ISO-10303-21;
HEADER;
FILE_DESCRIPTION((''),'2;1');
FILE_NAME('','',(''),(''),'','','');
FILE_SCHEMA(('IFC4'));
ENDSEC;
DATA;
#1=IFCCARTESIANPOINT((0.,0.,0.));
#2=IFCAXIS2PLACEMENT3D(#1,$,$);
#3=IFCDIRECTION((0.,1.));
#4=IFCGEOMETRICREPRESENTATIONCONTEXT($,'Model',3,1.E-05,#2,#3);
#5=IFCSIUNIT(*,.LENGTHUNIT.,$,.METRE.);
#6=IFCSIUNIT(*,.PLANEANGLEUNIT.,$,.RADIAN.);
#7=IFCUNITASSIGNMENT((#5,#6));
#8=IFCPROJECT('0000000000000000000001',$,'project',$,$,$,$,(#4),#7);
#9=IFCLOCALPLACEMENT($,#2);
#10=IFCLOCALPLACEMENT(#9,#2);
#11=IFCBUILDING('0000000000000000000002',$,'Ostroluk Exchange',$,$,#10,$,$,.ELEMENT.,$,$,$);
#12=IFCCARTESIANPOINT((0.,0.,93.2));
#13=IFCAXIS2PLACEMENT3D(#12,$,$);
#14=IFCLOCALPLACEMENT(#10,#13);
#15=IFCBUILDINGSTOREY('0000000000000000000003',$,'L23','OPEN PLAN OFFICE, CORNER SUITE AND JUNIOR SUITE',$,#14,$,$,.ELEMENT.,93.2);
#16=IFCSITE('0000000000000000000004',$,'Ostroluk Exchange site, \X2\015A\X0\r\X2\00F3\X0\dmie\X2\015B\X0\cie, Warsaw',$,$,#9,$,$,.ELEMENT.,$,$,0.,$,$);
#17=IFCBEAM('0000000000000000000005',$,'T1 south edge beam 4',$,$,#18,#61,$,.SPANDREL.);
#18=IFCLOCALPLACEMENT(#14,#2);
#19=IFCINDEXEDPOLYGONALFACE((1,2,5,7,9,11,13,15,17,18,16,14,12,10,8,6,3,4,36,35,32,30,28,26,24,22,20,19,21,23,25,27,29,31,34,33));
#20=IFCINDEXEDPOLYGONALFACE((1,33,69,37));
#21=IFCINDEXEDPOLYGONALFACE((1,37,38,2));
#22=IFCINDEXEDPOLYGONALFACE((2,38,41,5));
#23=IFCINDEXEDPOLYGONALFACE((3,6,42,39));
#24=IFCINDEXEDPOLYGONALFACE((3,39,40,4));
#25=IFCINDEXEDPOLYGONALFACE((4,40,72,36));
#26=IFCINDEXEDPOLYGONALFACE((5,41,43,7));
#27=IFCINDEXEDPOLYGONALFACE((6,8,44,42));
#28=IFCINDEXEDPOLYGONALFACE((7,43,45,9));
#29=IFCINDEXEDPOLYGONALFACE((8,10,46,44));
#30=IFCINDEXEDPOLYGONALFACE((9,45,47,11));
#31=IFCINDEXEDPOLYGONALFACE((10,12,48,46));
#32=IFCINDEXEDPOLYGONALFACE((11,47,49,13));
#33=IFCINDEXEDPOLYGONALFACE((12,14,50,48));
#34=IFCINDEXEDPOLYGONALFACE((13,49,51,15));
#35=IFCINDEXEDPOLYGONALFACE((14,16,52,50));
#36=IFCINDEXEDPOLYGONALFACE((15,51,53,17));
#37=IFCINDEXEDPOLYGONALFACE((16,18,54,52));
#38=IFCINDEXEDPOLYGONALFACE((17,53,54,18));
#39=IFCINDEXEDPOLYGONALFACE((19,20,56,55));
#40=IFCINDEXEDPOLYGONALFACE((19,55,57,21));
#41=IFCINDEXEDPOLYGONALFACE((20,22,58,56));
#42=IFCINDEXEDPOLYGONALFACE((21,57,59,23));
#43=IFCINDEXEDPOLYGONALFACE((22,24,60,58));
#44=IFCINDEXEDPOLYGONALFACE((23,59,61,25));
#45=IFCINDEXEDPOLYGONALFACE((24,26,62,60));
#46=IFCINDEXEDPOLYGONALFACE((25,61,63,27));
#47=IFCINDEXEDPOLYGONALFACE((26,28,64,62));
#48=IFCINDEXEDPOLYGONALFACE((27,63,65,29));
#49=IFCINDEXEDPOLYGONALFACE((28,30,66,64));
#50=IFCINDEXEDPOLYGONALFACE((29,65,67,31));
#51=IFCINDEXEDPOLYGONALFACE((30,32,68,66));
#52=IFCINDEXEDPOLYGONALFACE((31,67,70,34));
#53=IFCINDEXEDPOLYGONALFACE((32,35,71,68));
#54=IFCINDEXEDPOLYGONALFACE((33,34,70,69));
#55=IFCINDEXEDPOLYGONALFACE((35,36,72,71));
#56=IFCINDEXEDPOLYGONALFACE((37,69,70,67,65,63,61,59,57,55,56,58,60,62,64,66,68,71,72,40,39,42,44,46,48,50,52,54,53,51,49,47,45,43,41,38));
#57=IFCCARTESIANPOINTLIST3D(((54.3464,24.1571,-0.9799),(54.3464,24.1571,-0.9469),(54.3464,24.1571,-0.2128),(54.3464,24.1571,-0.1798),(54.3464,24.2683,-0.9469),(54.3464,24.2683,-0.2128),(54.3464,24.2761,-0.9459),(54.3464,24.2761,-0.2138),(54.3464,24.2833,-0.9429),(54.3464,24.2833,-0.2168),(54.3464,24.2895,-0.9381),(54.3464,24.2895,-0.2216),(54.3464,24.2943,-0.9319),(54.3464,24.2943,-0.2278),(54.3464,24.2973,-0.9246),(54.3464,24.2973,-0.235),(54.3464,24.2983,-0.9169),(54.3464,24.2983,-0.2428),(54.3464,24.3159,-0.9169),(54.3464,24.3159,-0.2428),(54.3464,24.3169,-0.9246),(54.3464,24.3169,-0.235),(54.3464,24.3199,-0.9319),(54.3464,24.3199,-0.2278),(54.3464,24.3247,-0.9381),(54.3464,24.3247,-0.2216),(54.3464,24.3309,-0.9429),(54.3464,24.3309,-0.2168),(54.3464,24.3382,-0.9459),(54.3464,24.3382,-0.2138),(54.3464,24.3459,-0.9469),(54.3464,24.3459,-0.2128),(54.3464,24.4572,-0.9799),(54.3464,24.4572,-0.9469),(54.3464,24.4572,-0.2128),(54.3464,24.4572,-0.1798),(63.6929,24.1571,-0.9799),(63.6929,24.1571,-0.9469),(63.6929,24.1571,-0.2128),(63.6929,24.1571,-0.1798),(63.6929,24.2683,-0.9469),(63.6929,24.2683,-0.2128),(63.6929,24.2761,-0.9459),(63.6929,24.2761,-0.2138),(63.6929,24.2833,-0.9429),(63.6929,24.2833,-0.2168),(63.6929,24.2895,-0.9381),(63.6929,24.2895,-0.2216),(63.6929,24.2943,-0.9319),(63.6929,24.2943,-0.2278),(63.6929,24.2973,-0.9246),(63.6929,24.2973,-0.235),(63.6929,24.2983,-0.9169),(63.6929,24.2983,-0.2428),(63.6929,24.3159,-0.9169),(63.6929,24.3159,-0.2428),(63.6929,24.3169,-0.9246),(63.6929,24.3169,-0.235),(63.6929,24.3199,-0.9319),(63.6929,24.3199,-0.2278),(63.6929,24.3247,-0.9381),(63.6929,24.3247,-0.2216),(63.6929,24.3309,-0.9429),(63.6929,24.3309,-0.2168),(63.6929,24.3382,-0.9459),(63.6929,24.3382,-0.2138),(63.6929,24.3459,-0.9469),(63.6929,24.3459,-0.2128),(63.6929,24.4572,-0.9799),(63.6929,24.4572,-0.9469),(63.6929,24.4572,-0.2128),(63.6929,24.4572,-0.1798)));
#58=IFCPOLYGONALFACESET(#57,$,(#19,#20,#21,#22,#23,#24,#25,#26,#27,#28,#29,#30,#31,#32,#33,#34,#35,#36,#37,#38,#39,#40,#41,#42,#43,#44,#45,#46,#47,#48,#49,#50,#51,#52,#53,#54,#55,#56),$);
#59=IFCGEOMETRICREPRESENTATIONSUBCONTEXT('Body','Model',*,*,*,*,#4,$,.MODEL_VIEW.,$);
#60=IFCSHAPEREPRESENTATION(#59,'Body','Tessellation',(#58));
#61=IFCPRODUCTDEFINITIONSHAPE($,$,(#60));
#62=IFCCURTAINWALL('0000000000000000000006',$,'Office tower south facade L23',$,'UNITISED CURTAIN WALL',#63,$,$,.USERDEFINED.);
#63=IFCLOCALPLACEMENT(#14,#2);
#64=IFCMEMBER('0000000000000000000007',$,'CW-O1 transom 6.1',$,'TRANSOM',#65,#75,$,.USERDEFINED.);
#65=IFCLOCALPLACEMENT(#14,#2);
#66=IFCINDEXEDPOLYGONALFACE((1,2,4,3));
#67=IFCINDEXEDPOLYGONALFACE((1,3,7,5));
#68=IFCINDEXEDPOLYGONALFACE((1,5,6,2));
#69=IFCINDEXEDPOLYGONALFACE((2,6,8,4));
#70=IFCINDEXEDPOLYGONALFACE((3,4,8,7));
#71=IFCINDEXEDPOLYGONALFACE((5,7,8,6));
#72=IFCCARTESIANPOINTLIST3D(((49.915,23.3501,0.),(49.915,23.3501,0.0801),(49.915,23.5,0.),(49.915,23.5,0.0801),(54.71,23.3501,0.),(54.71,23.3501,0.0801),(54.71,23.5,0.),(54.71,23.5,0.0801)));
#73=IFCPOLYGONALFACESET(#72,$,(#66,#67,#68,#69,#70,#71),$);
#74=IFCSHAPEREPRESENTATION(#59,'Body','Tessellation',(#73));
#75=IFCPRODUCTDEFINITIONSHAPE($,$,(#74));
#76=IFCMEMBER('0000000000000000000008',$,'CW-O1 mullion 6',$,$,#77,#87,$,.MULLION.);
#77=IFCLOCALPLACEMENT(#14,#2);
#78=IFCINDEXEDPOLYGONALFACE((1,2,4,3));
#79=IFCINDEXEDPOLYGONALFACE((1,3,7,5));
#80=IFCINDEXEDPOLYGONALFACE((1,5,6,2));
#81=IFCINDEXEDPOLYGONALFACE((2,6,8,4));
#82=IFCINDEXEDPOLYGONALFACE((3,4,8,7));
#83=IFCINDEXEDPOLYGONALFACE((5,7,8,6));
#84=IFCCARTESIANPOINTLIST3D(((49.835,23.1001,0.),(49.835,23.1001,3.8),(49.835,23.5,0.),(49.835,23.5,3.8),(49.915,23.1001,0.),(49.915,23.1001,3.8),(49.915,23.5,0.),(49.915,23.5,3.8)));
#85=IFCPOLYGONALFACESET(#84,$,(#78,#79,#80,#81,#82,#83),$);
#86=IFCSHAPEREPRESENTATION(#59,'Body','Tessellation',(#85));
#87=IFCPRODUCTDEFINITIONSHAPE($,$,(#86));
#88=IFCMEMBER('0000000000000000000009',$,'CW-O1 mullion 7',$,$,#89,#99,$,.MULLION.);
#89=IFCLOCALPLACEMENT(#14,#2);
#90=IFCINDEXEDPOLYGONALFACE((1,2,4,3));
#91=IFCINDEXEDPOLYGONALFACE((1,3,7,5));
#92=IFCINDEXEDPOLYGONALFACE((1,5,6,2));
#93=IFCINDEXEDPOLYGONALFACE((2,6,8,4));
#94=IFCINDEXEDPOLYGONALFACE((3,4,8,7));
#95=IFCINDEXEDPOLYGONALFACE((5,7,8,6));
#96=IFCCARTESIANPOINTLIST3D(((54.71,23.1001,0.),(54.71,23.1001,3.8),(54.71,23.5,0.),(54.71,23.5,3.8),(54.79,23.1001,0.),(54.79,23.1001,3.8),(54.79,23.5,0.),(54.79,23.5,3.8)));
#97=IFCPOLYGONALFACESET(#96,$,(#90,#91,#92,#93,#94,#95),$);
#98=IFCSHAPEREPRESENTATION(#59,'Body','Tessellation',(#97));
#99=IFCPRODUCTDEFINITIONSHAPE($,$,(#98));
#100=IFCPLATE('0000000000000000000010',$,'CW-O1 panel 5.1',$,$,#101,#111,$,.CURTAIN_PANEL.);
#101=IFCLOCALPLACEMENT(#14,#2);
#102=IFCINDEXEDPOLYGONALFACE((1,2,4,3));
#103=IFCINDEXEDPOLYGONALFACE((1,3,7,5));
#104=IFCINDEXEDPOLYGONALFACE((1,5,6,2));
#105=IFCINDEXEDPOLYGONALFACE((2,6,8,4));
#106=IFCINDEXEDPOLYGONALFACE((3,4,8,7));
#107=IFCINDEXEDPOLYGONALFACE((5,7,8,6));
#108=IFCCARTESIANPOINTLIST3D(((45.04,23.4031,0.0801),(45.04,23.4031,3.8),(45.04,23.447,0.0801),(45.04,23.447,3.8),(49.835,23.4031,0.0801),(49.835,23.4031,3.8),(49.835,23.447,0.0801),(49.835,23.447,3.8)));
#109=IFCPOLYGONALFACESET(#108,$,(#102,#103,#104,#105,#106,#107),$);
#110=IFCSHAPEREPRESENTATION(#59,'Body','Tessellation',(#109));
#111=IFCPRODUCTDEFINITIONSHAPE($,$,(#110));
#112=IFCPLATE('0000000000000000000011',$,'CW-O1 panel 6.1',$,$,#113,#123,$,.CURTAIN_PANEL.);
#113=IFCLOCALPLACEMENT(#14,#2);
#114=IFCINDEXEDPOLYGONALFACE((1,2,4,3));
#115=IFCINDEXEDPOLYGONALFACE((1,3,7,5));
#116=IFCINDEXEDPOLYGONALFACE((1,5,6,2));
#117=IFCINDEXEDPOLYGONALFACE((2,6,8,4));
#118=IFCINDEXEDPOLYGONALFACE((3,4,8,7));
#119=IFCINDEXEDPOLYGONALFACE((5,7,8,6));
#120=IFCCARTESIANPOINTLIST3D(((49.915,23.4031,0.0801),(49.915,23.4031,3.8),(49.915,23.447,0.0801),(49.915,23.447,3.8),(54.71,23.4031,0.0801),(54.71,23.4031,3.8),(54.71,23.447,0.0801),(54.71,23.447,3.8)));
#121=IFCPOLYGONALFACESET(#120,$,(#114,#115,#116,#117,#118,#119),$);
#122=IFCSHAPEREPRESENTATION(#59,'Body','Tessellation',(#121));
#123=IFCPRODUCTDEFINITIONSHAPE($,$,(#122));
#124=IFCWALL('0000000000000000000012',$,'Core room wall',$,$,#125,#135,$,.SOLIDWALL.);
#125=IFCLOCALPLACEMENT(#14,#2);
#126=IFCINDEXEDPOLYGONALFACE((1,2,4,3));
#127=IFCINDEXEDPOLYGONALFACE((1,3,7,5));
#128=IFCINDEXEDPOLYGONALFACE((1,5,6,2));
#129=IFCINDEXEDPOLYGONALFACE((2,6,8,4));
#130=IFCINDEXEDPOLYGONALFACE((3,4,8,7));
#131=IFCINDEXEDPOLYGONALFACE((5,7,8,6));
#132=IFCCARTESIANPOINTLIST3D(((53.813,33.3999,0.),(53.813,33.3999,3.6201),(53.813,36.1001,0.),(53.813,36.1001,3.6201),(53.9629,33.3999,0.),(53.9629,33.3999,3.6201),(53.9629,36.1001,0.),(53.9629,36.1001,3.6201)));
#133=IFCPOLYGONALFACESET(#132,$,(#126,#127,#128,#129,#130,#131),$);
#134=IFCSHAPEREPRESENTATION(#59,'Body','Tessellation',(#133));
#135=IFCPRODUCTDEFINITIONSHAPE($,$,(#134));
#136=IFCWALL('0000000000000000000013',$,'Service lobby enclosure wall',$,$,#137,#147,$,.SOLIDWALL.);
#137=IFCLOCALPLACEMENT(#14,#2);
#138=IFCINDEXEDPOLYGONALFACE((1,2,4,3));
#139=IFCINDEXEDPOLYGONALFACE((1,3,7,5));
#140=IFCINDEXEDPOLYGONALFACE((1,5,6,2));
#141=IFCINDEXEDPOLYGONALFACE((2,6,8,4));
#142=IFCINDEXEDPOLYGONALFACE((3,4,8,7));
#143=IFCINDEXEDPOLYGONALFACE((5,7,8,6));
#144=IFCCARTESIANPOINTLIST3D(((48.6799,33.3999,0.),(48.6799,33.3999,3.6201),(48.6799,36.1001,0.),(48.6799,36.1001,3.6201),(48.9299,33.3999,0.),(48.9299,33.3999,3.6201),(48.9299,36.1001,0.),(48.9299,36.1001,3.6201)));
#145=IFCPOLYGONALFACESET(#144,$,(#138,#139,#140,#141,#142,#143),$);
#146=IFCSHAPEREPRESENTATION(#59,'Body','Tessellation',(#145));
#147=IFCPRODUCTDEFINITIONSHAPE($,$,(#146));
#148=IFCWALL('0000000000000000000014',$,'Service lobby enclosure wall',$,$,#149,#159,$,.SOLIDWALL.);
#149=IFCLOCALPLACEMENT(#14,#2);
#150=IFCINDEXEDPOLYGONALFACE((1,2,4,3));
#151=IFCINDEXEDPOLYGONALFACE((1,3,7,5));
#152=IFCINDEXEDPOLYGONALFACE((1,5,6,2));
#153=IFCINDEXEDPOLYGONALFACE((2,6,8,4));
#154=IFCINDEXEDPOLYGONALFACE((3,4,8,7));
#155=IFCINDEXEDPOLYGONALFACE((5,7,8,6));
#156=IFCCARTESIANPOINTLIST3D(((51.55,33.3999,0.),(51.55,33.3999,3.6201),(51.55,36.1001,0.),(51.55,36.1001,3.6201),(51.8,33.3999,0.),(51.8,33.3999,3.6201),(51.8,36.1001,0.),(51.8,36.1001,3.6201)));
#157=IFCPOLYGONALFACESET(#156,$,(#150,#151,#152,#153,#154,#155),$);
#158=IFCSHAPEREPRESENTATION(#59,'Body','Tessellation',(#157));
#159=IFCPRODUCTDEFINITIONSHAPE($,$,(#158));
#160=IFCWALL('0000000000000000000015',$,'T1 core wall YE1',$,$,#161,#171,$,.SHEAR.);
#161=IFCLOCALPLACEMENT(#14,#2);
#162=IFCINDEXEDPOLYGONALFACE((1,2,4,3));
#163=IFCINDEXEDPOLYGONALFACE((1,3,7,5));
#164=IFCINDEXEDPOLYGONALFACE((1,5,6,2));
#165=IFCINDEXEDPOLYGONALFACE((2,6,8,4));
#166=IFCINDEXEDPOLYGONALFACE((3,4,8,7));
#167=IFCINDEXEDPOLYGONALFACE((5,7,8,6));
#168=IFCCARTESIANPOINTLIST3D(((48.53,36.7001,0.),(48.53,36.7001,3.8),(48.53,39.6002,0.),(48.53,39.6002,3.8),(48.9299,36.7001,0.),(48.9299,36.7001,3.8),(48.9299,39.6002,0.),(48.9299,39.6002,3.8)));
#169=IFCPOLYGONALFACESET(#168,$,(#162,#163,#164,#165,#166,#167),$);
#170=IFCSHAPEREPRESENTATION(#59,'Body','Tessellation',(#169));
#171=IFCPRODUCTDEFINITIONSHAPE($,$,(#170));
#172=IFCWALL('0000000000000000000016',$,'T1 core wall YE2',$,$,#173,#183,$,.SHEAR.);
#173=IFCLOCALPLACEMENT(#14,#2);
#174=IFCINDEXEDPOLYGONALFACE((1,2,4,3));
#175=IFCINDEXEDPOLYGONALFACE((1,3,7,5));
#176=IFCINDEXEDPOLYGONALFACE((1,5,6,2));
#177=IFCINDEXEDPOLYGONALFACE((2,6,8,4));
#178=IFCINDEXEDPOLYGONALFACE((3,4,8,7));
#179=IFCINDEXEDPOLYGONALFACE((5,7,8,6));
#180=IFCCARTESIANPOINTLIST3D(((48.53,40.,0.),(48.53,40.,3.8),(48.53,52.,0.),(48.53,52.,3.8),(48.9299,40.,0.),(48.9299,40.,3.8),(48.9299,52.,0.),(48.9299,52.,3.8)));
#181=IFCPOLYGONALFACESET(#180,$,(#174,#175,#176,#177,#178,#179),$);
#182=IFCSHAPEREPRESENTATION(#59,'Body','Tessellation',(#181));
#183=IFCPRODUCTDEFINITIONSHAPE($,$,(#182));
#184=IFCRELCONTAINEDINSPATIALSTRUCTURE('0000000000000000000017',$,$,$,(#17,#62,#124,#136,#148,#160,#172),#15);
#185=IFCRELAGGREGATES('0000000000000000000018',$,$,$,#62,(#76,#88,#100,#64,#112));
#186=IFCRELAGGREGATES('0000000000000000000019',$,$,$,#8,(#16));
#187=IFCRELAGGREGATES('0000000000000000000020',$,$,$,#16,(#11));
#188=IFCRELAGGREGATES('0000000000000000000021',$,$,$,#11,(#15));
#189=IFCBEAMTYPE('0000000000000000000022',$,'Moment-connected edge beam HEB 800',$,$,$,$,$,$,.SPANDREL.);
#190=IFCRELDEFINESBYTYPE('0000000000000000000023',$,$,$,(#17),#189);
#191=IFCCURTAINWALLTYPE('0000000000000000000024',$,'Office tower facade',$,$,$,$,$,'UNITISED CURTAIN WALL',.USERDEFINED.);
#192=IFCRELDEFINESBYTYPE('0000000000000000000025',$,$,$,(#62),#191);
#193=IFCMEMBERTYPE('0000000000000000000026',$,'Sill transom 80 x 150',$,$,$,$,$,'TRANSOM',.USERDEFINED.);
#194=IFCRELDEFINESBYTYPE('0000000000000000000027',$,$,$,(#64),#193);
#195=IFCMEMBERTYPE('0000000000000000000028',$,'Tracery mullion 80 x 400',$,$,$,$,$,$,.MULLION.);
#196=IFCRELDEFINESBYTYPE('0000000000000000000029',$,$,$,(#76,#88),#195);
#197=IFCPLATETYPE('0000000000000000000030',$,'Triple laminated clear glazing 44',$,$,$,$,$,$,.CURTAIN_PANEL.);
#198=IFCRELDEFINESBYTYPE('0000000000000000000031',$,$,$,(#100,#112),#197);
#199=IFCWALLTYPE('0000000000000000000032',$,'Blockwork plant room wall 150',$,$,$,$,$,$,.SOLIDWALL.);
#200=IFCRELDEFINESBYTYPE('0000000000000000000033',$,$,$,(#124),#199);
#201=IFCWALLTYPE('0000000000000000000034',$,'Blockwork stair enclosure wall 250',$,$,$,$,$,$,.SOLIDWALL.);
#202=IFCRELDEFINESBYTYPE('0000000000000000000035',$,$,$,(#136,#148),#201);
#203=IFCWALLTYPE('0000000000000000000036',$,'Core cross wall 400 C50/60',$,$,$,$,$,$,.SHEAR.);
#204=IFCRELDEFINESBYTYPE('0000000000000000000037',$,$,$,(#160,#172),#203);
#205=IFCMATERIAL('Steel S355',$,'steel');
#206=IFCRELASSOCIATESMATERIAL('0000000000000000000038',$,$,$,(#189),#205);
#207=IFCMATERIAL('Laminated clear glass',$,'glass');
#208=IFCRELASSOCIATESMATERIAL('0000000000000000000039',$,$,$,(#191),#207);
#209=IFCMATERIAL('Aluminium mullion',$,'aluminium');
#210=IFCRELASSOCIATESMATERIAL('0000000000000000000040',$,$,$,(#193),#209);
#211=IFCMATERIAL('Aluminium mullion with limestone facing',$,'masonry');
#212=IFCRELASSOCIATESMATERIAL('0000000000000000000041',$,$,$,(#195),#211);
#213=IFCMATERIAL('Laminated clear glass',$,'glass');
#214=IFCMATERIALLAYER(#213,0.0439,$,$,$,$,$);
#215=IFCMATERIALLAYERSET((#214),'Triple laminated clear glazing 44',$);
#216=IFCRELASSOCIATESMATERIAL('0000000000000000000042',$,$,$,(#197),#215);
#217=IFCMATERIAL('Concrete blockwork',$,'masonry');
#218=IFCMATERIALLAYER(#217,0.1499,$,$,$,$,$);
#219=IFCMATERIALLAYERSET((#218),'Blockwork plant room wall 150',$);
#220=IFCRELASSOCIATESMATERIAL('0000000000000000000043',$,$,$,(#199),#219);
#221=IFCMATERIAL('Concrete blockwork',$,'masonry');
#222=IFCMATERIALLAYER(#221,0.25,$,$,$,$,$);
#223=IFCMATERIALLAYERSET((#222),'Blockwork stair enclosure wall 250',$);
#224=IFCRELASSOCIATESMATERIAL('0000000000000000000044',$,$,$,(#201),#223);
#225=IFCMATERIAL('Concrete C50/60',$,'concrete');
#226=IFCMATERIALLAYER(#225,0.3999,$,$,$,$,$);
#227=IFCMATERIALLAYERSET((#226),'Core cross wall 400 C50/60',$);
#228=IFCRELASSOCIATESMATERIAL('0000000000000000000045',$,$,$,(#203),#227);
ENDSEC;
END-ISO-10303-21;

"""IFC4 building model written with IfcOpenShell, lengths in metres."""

from ifc_helpers import new_model, si_unit, direction, frame, frame_2d, origin, origin_2d, place, context, subcontext, project, spatial, rectangle, i_section, extrude, material, layer, layer_set, material_profile, profile_set, type_object, element, aggregate, save


model = new_model("IFC4")

# Units and contexts
model_context = context("Model", 3, precision=1e-05, world=origin(), true_north=direction((0.0, 1.0)))
body_context = subcontext(model_context, "Body", "Model", "MODEL_VIEW")
ifc_project = project(units=[si_unit("LENGTHUNIT", "METRE"), si_unit("PLANEANGLEUNIT", "RADIAN")], contexts=[model_context])

# Site, building, storey
site_placement = place(None, origin())
site = spatial("IfcSite", under=ifc_project, at=site_placement, Name="Ostroluk Exchange site, Śródmieście, Warsaw", CompositionType="ELEMENT", RefElevation=0.0)
building_placement = place(site_placement, origin())
building = spatial("IfcBuilding", under=site, at=building_placement, Name="Ostroluk Exchange", CompositionType="ELEMENT")
storey_placement = place(building_placement, frame((0.0, 0.0, 93.2)))
storey = spatial("IfcBuildingStorey", under=building, at=storey_placement, Name="L23", Description="OPEN PLAN OFFICE, CORNER SUITE AND JUNIOR SUITE", CompositionType="ELEMENT", Elevation=93.2)

# Beam
ifc_material_1 = material(Name="Steel S355", Category="steel")
ifc_material_profile_1 = material_profile(ifc_material_1, i_section(OverallWidth=0.3, OverallDepth=0.8, WebThickness=0.0176, FlangeThickness=0.033, FilletRadius=0.03, at=origin_2d()), Name="HEB 800")
ifc_profile_set_1 = profile_set([ifc_material_profile_1], Name="Steel S355")
beam_type_1 = type_object("IfcBeamType", Name="Moment-connected edge beam HEB 800", PredefinedType="SPANDREL", material=ifc_profile_set_1)
beam_1_placement = place(storey_placement, frame((54.3464, 24.3071, -0.5798), z_axis=(1.0, 0.0, 0.0), x_axis=(0.0, 1.0, 0.0)))
element("IfcBeam", 1, at=beam_1_placement, inside=storey, type_object=beam_type_1, Name="T1 south edge beam 4", PredefinedType="SPANDREL", context=body_context, shape_type="SweptSolid", body=[
    extrude(i_section(OverallWidth=0.3, OverallDepth=0.8, WebThickness=0.0176, FlangeThickness=0.033, FilletRadius=0.03, at=origin_2d()), origin(), (0.0, 0.0, 1.0), 9.3464),
])

# Curtain wall, members, plates
ifc_material_2 = material(Name="Laminated clear glass", Category="glass")
curtain_wall_type = type_object("IfcCurtainWallType", Name="Office tower facade", ElementType="UNITISED CURTAIN WALL", PredefinedType="USERDEFINED", material=ifc_material_2)
curtain_wall_placement = place(storey_placement, origin())
curtain_wall = element("IfcCurtainWall", 2, at=curtain_wall_placement, inside=storey, type_object=curtain_wall_type, Name="Office tower south facade L23", ObjectType="UNITISED CURTAIN WALL", PredefinedType="USERDEFINED")
ifc_material_3 = material(Name="Aluminium mullion", Category="aluminium")
ifc_material_profile_2 = material_profile(ifc_material_3, rectangle(XDim=0.1499, YDim=0.0801, at=origin_2d()), Name="Sill transom 80 x 150")
ifc_profile_set_2 = profile_set([ifc_material_profile_2], Name="Aluminium mullion")
member_type_1 = type_object("IfcMemberType", Name="Sill transom 80 x 150", ElementType="TRANSOM", PredefinedType="USERDEFINED", material=ifc_profile_set_2)
member_1_placement = place(storey_placement, frame((49.915, 23.425, 0.04), z_axis=(1.0, 0.0, 0.0), x_axis=(0.0, 1.0, 0.0)))
member_1 = element("IfcMember", 3, at=member_1_placement, type_object=member_type_1, Name="CW-O1 transom 6.1", ObjectType="TRANSOM", PredefinedType="USERDEFINED", context=body_context, shape_type="SweptSolid", body=[
    extrude(rectangle(XDim=0.1499, YDim=0.0801, at=origin_2d()), origin(), (0.0, 0.0, 1.0), 4.7949),
])
ifc_material_4 = material(Name="Aluminium mullion with limestone facing", Category="masonry")
ifc_material_profile_3 = material_profile(ifc_material_4, rectangle(XDim=0.3999, YDim=0.0801, at=origin_2d()), Name="Tracery mullion 80 x 400")
ifc_profile_set_3 = profile_set([ifc_material_profile_3], Name="Aluminium mullion with limestone facing")
member_type_2 = type_object("IfcMemberType", Name="Tracery mullion 80 x 400", PredefinedType="MULLION", material=ifc_profile_set_3)
member_2_placement = place(storey_placement, frame((49.875, 23.3, 0.0), z_axis=(0.0, 0.0, 1.0), x_axis=(0.0, 1.0, 0.0)))
member_2 = element("IfcMember", 4, at=member_2_placement, type_object=member_type_2, Name="CW-O1 mullion 6", PredefinedType="MULLION", context=body_context, shape_type="SweptSolid", body=[
    extrude(rectangle(XDim=0.3999, YDim=0.0801, at=origin_2d()), origin(), (0.0, 0.0, 1.0), 3.8),
])
member_3_placement = place(storey_placement, frame((54.75, 23.3, 0.0), z_axis=(0.0, 0.0, 1.0), x_axis=(0.0, 1.0, 0.0)))
member_3 = element("IfcMember", 5, at=member_3_placement, type_object=member_type_2, Name="CW-O1 mullion 7", PredefinedType="MULLION", context=body_context, shape_type="SweptSolid", body=[
    extrude(rectangle(XDim=0.3999, YDim=0.0801, at=origin_2d()), origin(), (0.0, 0.0, 1.0), 3.8),
])
ifc_material_5 = material(Name="Laminated clear glass", Category="glass")
ifc_layer_1 = layer(ifc_material_5, 0.0439)
ifc_layer_set_1 = layer_set([ifc_layer_1], Name="Triple laminated clear glazing 44")
plate_type = type_object("IfcPlateType", Name="Triple laminated clear glazing 44", PredefinedType="CURTAIN_PANEL", material=ifc_layer_set_1)
plate_1_placement = place(storey_placement, frame((47.4375, 23.425, 0.0801), z_axis=(0.0, 0.0, 1.0), x_axis=(1.0, 0.0, 0.0)))
plate_1 = element("IfcPlate", 6, at=plate_1_placement, type_object=plate_type, Name="CW-O1 panel 5.1", PredefinedType="CURTAIN_PANEL", context=body_context, shape_type="SweptSolid", body=[
    extrude(rectangle(XDim=4.7949, YDim=0.0439, at=origin_2d()), origin(), (0.0, 0.0, 1.0), 3.72),
])
plate_2_placement = place(storey_placement, frame((52.3125, 23.425, 0.0801), z_axis=(0.0, 0.0, 1.0), x_axis=(1.0, 0.0, 0.0)))
plate_2 = element("IfcPlate", 7, at=plate_2_placement, type_object=plate_type, Name="CW-O1 panel 6.1", PredefinedType="CURTAIN_PANEL", context=body_context, shape_type="SweptSolid", body=[
    extrude(rectangle(XDim=4.7949, YDim=0.0439, at=origin_2d()), origin(), (0.0, 0.0, 1.0), 3.72),
])
aggregate(curtain_wall, [member_2, member_3, plate_1, member_1, plate_2])

# Walls
ifc_material_6 = material(Name="Concrete blockwork", Category="masonry")
ifc_layer_2 = layer(ifc_material_6, 0.1499)
ifc_layer_set_2 = layer_set([ifc_layer_2], Name="Blockwork plant room wall 150")
wall_type_1 = type_object("IfcWallType", Name="Blockwork plant room wall 150", PredefinedType="SOLIDWALL", material=ifc_layer_set_2)
wall_1_placement = place(storey_placement, frame((53.8879, 33.3999, 0.0), z_axis=(0.0, 0.0, 1.0), x_axis=(0.0, 1.0, 0.0)))
element("IfcWall", 8, at=wall_1_placement, inside=storey, type_object=wall_type_1, Name="Core room wall", PredefinedType="SOLIDWALL", context=body_context, shape_type="SweptSolid", body=[
    extrude(rectangle(XDim=2.7002, YDim=0.1499, at=frame_2d((1.3501, 0.0))), origin(), (0.0, 0.0, 1.0), 3.6201),
])
ifc_material_7 = material(Name="Concrete blockwork", Category="masonry")
ifc_layer_3 = layer(ifc_material_7, 0.25)
ifc_layer_set_3 = layer_set([ifc_layer_3], Name="Blockwork stair enclosure wall 250")
wall_type_2 = type_object("IfcWallType", Name="Blockwork stair enclosure wall 250", PredefinedType="SOLIDWALL", material=ifc_layer_set_3)
for number, where, z_axis, x_axis, name in (
    (9, (48.8049, 33.3999, 0.0), (0.0, 0.0, 1.0), (0.0, 1.0, 0.0), "Service lobby enclosure wall"),
    (10, (51.675, 33.3999, 0.0), (0.0, 0.0, 1.0), (0.0, 1.0, 0.0), "Service lobby enclosure wall"),
):
    element("IfcWall", number, at=place(storey_placement, frame(where, z_axis=z_axis, x_axis=x_axis)), inside=storey, type_object=wall_type_2, Name=name, PredefinedType="SOLIDWALL", context=body_context, shape_type="SweptSolid", body=[
        extrude(rectangle(XDim=2.7002, YDim=0.25, at=frame_2d((1.3501, 0.0))), origin(), (0.0, 0.0, 1.0), 3.6201),
    ])
ifc_material_8 = material(Name="Concrete C50/60", Category="concrete")
ifc_layer_4 = layer(ifc_material_8, 0.3999)
ifc_layer_set_4 = layer_set([ifc_layer_4], Name="Core cross wall 400 C50/60")
wall_type_3 = type_object("IfcWallType", Name="Core cross wall 400 C50/60", PredefinedType="SHEAR", material=ifc_layer_set_4)
wall_2_placement = place(storey_placement, frame((48.73, 36.7, 0.0), z_axis=(0.0, 0.0, 1.0), x_axis=(0.0, 1.0, 0.0)))
element("IfcWall", 11, at=wall_2_placement, inside=storey, type_object=wall_type_3, Name="T1 core wall YE1", PredefinedType="SHEAR", context=body_context, shape_type="SweptSolid", body=[
    extrude(rectangle(XDim=2.9001, YDim=0.3999, at=frame_2d((1.4502, 0.0))), origin(), (0.0, 0.0, 1.0), 3.8),
])
wall_3_placement = place(storey_placement, frame((48.73, 40.0, 0.0), z_axis=(0.0, 0.0, 1.0), x_axis=(0.0, 1.0, 0.0)))
element("IfcWall", 12, at=wall_3_placement, inside=storey, type_object=wall_type_3, Name="T1 core wall YE2", PredefinedType="SHEAR", context=body_context, shape_type="SweptSolid", body=[
    extrude(rectangle(XDim=12.0, YDim=0.3999, at=frame_2d((6.0, 0.0))), origin(), (0.0, 0.0, 1.0), 3.8),
])

save(model, "model.ifc")
